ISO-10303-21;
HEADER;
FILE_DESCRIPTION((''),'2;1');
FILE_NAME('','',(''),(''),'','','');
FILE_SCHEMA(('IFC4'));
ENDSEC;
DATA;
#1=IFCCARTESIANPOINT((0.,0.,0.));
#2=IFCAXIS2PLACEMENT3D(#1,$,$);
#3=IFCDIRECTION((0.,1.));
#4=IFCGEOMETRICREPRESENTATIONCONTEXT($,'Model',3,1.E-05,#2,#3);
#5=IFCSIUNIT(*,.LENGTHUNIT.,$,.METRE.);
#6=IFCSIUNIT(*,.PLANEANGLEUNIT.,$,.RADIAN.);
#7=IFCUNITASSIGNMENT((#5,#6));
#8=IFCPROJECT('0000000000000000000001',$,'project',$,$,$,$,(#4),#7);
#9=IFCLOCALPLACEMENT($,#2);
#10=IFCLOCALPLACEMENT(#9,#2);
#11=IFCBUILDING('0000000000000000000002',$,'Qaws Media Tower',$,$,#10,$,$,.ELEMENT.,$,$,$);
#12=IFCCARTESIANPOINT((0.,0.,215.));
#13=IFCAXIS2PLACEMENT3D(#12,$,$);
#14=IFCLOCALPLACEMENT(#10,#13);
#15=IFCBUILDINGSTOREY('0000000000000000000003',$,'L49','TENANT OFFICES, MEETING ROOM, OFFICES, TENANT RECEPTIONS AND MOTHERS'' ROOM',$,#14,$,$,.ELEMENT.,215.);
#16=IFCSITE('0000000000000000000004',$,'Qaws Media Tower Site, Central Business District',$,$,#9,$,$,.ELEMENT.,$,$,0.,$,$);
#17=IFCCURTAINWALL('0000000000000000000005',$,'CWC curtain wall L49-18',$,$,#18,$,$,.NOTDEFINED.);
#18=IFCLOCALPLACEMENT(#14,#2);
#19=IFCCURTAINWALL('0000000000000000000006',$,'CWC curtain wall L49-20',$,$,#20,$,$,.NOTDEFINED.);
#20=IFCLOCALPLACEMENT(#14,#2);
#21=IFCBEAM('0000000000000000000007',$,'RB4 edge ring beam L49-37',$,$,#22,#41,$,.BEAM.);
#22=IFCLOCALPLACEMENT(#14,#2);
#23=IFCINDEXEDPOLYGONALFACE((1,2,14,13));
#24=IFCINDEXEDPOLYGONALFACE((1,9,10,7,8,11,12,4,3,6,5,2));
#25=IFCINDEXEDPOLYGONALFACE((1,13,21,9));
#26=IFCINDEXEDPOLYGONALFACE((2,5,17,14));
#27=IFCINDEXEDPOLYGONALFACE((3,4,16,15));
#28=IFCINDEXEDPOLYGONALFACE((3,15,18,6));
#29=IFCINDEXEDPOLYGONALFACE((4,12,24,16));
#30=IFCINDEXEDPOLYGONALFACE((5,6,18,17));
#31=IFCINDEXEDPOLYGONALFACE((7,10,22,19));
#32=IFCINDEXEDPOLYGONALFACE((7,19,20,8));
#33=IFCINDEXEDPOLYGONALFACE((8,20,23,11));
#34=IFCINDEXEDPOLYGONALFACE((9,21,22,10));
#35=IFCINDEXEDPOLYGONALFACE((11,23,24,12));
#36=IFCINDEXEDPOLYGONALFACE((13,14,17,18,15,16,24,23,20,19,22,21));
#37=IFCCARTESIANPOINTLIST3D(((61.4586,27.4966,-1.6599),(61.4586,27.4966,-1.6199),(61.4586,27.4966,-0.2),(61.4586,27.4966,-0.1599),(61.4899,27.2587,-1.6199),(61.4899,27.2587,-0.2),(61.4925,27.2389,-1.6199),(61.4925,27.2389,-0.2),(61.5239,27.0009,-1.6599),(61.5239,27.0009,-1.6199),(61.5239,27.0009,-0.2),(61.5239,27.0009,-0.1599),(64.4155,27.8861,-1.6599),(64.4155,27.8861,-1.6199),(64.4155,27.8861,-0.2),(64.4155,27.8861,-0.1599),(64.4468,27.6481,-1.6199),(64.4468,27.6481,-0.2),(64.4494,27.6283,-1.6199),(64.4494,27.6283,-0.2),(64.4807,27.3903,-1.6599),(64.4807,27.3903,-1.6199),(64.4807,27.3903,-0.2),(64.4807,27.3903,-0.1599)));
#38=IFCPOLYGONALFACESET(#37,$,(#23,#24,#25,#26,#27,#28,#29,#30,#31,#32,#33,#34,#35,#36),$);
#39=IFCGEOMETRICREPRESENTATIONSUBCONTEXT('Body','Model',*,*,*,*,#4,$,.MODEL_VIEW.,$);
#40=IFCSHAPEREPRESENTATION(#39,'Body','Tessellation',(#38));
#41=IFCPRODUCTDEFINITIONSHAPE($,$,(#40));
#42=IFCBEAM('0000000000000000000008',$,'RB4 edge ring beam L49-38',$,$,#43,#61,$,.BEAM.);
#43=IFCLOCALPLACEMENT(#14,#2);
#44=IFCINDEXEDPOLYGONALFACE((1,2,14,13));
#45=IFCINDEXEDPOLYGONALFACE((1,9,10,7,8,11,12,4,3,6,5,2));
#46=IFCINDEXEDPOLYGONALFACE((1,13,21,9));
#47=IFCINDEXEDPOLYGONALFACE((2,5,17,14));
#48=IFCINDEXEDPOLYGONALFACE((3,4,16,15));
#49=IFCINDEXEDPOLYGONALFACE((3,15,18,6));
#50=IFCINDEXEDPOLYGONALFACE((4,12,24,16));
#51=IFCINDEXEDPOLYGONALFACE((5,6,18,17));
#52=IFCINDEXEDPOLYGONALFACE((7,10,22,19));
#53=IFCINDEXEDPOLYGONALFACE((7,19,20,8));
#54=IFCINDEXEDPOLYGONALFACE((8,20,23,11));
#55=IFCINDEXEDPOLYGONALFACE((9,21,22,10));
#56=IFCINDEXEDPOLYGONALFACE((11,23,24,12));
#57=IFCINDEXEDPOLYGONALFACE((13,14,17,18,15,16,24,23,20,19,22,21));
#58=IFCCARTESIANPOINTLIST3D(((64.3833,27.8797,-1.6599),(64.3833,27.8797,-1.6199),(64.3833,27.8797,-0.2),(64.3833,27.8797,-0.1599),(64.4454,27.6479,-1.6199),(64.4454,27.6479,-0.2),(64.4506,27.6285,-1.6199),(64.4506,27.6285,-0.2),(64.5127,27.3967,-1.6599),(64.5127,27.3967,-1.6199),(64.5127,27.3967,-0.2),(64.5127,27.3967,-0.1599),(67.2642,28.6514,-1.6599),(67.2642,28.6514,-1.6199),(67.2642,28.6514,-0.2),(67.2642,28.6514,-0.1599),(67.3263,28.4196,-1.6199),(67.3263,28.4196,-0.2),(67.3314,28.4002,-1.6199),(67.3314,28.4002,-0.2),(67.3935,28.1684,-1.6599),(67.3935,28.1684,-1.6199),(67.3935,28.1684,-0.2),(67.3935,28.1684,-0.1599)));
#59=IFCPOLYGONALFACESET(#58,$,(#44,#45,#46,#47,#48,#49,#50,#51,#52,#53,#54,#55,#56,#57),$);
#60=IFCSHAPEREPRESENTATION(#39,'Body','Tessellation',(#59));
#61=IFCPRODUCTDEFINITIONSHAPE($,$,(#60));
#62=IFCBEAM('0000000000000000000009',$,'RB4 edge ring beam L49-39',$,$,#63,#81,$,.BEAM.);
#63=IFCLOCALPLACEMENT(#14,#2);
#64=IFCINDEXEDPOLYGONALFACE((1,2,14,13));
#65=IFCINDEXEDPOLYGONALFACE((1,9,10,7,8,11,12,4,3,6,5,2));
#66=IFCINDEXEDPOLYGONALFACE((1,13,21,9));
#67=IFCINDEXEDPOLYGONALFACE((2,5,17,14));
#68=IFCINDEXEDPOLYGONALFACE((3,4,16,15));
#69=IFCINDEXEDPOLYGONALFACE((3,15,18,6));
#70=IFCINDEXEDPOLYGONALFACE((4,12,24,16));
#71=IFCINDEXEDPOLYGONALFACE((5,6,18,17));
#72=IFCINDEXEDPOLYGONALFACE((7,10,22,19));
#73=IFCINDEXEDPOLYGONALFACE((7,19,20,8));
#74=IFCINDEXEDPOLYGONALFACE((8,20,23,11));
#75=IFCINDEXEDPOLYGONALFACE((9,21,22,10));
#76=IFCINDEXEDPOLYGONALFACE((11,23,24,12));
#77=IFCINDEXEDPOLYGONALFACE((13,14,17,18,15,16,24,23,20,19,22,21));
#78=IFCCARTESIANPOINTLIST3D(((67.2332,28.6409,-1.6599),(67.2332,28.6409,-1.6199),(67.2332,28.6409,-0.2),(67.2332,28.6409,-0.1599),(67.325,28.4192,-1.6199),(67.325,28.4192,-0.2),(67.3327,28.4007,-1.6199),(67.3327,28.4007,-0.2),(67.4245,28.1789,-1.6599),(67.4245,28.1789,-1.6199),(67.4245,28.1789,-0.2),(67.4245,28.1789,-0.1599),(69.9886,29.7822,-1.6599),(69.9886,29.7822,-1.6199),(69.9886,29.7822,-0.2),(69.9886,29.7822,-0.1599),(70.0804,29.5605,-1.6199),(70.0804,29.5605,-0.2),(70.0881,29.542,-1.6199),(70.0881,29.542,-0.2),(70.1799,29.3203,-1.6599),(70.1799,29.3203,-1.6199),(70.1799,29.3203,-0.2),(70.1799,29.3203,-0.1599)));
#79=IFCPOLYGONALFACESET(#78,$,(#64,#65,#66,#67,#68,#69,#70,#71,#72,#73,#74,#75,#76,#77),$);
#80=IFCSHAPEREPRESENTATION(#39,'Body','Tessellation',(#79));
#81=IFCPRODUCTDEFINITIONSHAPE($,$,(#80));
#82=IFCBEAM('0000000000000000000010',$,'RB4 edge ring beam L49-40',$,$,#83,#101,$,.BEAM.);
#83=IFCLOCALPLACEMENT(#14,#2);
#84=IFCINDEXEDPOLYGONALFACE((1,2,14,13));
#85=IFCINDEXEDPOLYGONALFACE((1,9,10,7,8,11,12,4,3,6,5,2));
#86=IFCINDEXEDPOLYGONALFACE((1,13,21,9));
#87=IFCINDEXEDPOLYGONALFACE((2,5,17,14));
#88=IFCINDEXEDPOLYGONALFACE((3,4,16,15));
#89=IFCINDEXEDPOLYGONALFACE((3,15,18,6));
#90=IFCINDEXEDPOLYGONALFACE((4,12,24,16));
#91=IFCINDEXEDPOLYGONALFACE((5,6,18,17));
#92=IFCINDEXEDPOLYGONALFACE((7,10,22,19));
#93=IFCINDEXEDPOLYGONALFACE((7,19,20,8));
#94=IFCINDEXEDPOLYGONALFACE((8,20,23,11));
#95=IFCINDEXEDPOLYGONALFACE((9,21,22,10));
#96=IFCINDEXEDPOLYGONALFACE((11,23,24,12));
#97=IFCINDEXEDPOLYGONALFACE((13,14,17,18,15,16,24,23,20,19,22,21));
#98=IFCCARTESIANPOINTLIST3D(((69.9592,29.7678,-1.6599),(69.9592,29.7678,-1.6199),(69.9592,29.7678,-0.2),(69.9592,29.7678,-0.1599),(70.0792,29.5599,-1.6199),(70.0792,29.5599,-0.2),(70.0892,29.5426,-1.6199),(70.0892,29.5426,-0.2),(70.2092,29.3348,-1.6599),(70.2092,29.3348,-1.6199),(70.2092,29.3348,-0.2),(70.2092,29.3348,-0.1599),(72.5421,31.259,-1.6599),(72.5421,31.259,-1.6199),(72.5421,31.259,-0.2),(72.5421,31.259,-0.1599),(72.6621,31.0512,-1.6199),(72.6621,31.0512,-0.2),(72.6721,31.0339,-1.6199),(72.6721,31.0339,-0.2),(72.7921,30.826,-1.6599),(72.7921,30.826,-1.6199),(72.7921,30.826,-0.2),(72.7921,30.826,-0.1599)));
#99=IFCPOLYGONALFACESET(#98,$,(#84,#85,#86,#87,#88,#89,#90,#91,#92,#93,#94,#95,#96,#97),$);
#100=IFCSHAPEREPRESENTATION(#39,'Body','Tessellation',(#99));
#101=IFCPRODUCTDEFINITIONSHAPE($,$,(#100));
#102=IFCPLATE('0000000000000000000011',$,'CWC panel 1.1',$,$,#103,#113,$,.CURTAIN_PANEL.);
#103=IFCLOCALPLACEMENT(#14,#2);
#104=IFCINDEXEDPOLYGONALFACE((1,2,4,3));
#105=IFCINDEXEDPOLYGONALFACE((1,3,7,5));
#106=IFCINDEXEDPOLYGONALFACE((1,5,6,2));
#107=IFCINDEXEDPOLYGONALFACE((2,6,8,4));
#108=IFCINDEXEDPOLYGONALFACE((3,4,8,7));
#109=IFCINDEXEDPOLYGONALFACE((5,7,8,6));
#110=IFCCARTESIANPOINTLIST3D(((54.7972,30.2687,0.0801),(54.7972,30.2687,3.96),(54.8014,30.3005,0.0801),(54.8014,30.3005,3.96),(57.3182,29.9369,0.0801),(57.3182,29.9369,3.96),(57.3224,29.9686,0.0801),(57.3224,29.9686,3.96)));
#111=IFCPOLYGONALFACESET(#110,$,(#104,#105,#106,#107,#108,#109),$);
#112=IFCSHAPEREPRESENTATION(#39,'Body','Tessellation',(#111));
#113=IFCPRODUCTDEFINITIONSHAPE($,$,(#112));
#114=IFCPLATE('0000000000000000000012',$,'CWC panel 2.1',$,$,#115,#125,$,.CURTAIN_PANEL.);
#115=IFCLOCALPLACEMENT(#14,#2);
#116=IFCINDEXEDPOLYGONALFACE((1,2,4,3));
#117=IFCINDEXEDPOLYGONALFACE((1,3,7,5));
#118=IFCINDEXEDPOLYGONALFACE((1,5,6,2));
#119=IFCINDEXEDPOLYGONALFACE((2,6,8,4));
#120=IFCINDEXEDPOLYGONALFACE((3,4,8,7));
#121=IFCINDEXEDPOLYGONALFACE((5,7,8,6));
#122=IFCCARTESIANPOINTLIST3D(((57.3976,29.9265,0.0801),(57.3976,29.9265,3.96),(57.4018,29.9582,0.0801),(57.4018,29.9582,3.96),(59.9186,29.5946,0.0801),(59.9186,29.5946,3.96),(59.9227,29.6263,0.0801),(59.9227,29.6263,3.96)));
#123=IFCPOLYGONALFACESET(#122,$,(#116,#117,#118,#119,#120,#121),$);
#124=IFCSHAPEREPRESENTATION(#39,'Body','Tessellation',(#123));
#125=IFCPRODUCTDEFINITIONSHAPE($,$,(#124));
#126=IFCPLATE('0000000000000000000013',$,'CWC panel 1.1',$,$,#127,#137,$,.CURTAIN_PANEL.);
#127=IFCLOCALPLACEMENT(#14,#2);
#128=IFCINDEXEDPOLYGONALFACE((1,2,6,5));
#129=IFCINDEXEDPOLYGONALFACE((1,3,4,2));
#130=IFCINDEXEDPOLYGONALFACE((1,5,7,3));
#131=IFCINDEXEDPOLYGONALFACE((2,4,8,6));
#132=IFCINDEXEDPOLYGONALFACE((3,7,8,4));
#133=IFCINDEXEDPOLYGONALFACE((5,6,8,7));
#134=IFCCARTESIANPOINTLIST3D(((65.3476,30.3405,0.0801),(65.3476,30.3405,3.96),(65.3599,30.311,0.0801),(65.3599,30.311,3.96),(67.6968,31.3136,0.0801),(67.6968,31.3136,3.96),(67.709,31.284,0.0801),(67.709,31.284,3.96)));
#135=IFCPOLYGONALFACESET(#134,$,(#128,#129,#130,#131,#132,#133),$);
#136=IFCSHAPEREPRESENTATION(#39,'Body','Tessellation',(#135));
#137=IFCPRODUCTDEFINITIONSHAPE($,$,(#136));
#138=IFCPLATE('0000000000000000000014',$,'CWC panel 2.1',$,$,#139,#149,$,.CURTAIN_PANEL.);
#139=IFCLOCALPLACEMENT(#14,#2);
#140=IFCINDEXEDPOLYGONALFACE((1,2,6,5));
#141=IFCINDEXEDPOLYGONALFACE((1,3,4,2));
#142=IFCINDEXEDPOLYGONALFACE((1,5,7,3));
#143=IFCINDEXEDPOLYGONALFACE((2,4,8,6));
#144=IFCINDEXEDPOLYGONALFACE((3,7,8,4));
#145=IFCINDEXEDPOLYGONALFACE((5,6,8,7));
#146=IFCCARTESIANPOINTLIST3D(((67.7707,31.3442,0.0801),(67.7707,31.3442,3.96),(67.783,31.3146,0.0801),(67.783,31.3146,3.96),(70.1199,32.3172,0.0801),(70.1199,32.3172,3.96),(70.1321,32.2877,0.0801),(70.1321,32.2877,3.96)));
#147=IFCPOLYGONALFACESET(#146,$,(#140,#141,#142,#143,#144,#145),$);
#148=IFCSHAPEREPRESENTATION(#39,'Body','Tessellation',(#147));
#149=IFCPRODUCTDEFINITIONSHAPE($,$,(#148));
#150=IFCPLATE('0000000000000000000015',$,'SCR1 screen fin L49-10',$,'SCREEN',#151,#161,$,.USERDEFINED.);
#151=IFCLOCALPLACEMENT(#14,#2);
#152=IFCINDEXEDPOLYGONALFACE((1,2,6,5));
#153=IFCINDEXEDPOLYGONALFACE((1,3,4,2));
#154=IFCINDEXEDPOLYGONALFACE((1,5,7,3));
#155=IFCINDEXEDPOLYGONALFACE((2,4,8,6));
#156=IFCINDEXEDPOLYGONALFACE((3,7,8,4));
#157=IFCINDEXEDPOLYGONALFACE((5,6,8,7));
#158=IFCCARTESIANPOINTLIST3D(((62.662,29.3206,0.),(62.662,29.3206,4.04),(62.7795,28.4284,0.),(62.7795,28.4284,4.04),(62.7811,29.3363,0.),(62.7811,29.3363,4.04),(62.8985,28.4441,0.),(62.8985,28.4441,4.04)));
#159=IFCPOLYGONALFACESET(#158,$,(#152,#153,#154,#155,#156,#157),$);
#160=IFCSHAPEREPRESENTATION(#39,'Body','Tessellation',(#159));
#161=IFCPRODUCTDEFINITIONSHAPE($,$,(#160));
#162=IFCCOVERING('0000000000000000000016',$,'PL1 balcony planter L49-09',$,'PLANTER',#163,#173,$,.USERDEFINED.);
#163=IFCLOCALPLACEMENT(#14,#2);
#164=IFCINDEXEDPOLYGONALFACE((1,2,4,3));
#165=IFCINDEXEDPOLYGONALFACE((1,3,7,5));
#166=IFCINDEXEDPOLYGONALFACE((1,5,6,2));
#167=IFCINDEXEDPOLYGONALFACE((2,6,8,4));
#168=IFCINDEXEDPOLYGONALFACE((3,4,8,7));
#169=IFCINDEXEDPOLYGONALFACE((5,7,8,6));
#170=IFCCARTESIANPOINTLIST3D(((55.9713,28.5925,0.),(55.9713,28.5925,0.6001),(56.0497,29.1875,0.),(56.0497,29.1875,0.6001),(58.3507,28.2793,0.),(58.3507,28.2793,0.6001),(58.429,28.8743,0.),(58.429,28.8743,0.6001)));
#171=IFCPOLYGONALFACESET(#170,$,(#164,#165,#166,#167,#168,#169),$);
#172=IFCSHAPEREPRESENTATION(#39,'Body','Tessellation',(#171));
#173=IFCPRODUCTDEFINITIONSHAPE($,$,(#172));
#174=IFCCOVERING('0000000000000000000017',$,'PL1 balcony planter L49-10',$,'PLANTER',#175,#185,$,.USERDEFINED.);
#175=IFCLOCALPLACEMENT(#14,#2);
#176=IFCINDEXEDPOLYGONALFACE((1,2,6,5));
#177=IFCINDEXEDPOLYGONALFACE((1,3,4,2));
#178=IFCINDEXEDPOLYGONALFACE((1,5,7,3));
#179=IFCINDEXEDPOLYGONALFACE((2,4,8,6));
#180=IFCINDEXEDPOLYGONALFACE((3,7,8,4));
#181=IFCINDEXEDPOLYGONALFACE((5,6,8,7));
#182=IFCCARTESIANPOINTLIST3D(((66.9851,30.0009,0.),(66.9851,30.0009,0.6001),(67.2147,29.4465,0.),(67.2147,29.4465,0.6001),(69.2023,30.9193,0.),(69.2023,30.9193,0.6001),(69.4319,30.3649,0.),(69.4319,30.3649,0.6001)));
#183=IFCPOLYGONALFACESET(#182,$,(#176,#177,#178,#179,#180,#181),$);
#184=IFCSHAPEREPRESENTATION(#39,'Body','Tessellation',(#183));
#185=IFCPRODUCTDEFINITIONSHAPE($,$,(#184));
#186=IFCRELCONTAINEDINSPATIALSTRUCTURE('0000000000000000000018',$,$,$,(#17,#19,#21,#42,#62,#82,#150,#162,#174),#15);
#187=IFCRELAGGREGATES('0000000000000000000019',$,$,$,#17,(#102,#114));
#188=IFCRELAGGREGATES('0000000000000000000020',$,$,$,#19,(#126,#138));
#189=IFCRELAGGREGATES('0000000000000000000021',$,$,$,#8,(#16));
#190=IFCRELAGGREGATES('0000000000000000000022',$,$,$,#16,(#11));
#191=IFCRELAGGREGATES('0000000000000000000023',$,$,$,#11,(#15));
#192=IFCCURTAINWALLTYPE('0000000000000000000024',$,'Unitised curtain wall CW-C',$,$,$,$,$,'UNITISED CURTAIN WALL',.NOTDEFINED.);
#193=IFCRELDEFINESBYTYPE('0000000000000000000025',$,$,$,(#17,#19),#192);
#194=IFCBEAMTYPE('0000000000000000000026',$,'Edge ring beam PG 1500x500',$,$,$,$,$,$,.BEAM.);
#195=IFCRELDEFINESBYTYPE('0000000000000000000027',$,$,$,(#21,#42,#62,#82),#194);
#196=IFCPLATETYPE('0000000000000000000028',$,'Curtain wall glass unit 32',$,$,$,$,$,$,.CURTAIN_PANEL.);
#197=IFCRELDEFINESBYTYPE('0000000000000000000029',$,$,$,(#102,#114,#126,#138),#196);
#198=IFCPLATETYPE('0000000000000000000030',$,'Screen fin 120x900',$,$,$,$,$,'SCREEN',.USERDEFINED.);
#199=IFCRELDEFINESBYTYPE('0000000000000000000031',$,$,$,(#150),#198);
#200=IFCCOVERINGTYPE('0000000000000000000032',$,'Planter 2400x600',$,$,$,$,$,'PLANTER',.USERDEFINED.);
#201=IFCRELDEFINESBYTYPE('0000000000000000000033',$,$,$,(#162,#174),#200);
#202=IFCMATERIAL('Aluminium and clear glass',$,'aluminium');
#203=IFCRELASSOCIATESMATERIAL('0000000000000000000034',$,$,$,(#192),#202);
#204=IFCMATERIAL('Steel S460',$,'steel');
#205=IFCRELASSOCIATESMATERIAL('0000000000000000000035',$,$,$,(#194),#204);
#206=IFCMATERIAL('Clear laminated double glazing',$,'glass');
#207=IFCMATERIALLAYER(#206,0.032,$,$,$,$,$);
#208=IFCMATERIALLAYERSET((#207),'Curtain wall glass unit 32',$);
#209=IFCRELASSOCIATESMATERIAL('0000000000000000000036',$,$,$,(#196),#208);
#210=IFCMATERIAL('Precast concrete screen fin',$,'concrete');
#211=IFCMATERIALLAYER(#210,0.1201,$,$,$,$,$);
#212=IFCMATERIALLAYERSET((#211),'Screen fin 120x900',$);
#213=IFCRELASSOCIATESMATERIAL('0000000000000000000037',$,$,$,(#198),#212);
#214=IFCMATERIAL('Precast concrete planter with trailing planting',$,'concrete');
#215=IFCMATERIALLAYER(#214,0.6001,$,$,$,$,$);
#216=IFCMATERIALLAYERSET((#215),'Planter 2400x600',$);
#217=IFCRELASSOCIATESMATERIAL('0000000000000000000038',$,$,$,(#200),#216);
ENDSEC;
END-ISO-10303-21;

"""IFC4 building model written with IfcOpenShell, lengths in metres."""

from ifc_helpers import new_model, si_unit, direction, frame, origin, origin_2d, place, context, subcontext, project, spatial, rectangle, i_section, extrude, material, layer, layer_set, material_profile, profile_set, type_object, element, aggregate, save


model = new_model("IFC4")

# Units and contexts
model_context = context("Model", 3, precision=1e-05, world=origin(), true_north=direction((0.0, 1.0)))
body_context = subcontext(model_context, "Body", "Model", "MODEL_VIEW")
ifc_project = project(units=[si_unit("LENGTHUNIT", "METRE"), si_unit("PLANEANGLEUNIT", "RADIAN")], contexts=[model_context])

# Site, building, storey
site_placement = place(None, origin())
site = spatial("IfcSite", under=ifc_project, at=site_placement, Name="Qaws Media Tower Site, Central Business District", CompositionType="ELEMENT", RefElevation=0.0)
building_placement = place(site_placement, origin())
building = spatial("IfcBuilding", under=site, at=building_placement, Name="Qaws Media Tower", CompositionType="ELEMENT")
storey_placement = place(building_placement, frame((0.0, 0.0, 215.0)))
storey = spatial("IfcBuildingStorey", under=building, at=storey_placement, Name="L49", Description="TENANT OFFICES, MEETING ROOM, OFFICES, TENANT RECEPTIONS AND MOTHERS' ROOM", CompositionType="ELEMENT", Elevation=215.0)

# Curtain walls
ifc_material_1 = material(Name="Aluminium and clear glass", Category="aluminium")
curtain_wall_type = type_object("IfcCurtainWallType", Name="Unitised curtain wall CW-C", ElementType="UNITISED CURTAIN WALL", PredefinedType="NOTDEFINED", material=ifc_material_1)
curtain_wall_1_placement = place(storey_placement, origin())
curtain_wall_1 = element("IfcCurtainWall", 1, at=curtain_wall_1_placement, inside=storey, type_object=curtain_wall_type, Name="CWC curtain wall L49-18", PredefinedType="NOTDEFINED")
curtain_wall_2_placement = place(storey_placement, origin())
curtain_wall_2 = element("IfcCurtainWall", 2, at=curtain_wall_2_placement, inside=storey, type_object=curtain_wall_type, Name="CWC curtain wall L49-20", PredefinedType="NOTDEFINED")

# Beams
ifc_material_2 = material(Name="Steel S460", Category="steel")
ifc_material_profile_1 = material_profile(ifc_material_2, i_section(OverallWidth=0.5, OverallDepth=1.5, WebThickness=0.02, FlangeThickness=0.04, at=origin_2d()), Name="PG 1500x500")
ifc_profile_set_1 = profile_set([ifc_material_profile_1], Name="Steel S460")
beam_type = type_object("IfcBeamType", Name="Edge ring beam PG 1500x500", PredefinedType="BEAM", material=ifc_profile_set_1)
for number, where, z_axis, x_axis, name in (
    (3, (61.4912, 27.2488, -0.9099), (0.991439, 0.130571, 0.0), (-0.130571, 0.991439, 0.0), "RB4 edge ring beam L49-37"),
    (4, (64.448, 27.6382, -0.9099), (0.965942, 0.258758, 0.0), (-0.258758, 0.965942, 0.0), "RB4 edge ring beam L49-38"),
    (5, (67.3289, 28.4099, -0.9099), (0.923874, 0.382696, 0.0), (-0.382696, 0.923874, 0.0), "RB4 edge ring beam L49-39"),
    (6, (70.0842, 29.5513, -0.9099), (0.866018, 0.500013, 0.0), (-0.500013, 0.866018, 0.0), "RB4 edge ring beam L49-40"),
):
    element("IfcBeam", number, at=place(storey_placement, frame(where, z_axis=z_axis, x_axis=x_axis)), inside=storey, type_object=beam_type, Name=name, PredefinedType="BEAM", context=body_context, shape_type="SweptSolid", body=[
        extrude(i_section(OverallWidth=0.5, OverallDepth=1.5, WebThickness=0.02, FlangeThickness=0.04, at=origin_2d()), origin(), (0.0, 0.0, 1.0), 2.9824),
    ])

# Plates
ifc_material_3 = material(Name="Clear laminated double glazing", Category="glass")
ifc_layer_1 = layer(ifc_material_3, 0.032)
ifc_layer_set_1 = layer_set([ifc_layer_1], Name="Curtain wall glass unit 32")
plate_type_1 = type_object("IfcPlateType", Name="Curtain wall glass unit 32", PredefinedType="CURTAIN_PANEL", material=ifc_layer_set_1)
plate_1_placement = place(storey_placement, frame((56.0598, 30.1187, 0.0801), z_axis=(0.0, 0.0, 1.0), x_axis=(0.991445, -0.130526, 0.0)))
plate_1 = element("IfcPlate", 7, at=plate_1_placement, type_object=plate_type_1, Name="CWC panel 1.1", PredefinedType="CURTAIN_PANEL", context=body_context, shape_type="SweptSolid", body=[
    extrude(rectangle(XDim=2.5427, YDim=0.032, at=origin_2d()), origin(), (0.0, 0.0, 1.0), 3.8799),
])
plate_2_placement = place(storey_placement, frame((58.6602, 29.7764, 0.0801), z_axis=(0.0, 0.0, 1.0), x_axis=(0.991445, -0.130526, 0.0)))
plate_2 = element("IfcPlate", 8, at=plate_2_placement, type_object=plate_type_1, Name="CWC panel 2.1", PredefinedType="CURTAIN_PANEL", context=body_context, shape_type="SweptSolid", body=[
    extrude(rectangle(XDim=2.5427, YDim=0.032, at=origin_2d()), origin(), (0.0, 0.0, 1.0), 3.8799),
])
aggregate(curtain_wall_1, [plate_1, plate_2])
plate_3_placement = place(storey_placement, frame((66.5283, 30.8123, 0.0801), z_axis=(0.0, 0.0, 1.0), x_axis=(0.923879, 0.382684, 0.0)))
plate_3 = element("IfcPlate", 9, at=plate_3_placement, type_object=plate_type_1, Name="CWC panel 1.1", PredefinedType="CURTAIN_PANEL", context=body_context, shape_type="SweptSolid", body=[
    extrude(rectangle(XDim=2.5427, YDim=0.032, at=origin_2d()), origin(), (0.0, 0.0, 1.0), 3.8799),
])
plate_4_placement = place(storey_placement, frame((68.9514, 31.8159, 0.0801), z_axis=(0.0, 0.0, 1.0), x_axis=(0.923879, 0.382684, 0.0)))
plate_4 = element("IfcPlate", 10, at=plate_4_placement, type_object=plate_type_1, Name="CWC panel 2.1", PredefinedType="CURTAIN_PANEL", context=body_context, shape_type="SweptSolid", body=[
    extrude(rectangle(XDim=2.5427, YDim=0.032, at=origin_2d()), origin(), (0.0, 0.0, 1.0), 3.8799),
])
aggregate(curtain_wall_2, [plate_3, plate_4])
ifc_material_4 = material(Name="Precast concrete screen fin", Category="concrete")
ifc_layer_2 = layer(ifc_material_4, 0.1201)
ifc_layer_set_2 = layer_set([ifc_layer_2], Name="Screen fin 120x900")
plate_type_2 = type_object("IfcPlateType", Name="Screen fin 120x900", ElementType="SCREEN", PredefinedType="USERDEFINED", material=ifc_layer_set_2)
plate_5_placement = place(storey_placement, frame((62.7803, 28.8823, 0.0), z_axis=(0.0, 0.0, 1.0), x_axis=(0.130526, -0.991445, 0.0)))
element("IfcPlate", 11, at=plate_5_placement, inside=storey, type_object=plate_type_2, Name="SCR1 screen fin L49-10", ObjectType="SCREEN", PredefinedType="USERDEFINED", context=body_context, shape_type="SweptSolid", body=[
    extrude(rectangle(XDim=0.8999, YDim=0.1201, at=origin_2d()), origin(), (0.0, 0.0, 1.0), 4.04),
])

# Coverings
ifc_material_5 = material(Name="Precast concrete planter with trailing planting", Category="concrete")
ifc_layer_3 = layer(ifc_material_5, 0.6001)
ifc_layer_set_3 = layer_set([ifc_layer_3], Name="Planter 2400x600")
covering_type = type_object("IfcCoveringType", Name="Planter 2400x600", ElementType="PLANTER", PredefinedType="USERDEFINED", material=ifc_layer_set_3)
for number, where, z_axis, x_axis, name in (
    (12, (57.2002, 28.7334, 0.0), (0.0, 0.0, 1.0), (0.991445, -0.130526, 0.0), "PL1 balcony planter L49-09"),
    (13, (68.2085, 30.1829, 0.0), (0.0, 0.0, 1.0), (0.92388, 0.382683, 0.0), "PL1 balcony planter L49-10"),
):
    element("IfcCovering", number, at=place(storey_placement, frame(where, z_axis=z_axis, x_axis=x_axis)), inside=storey, type_object=covering_type, Name=name, ObjectType="PLANTER", PredefinedType="USERDEFINED", context=body_context, shape_type="SweptSolid", body=[
        extrude(rectangle(XDim=2.3999, YDim=0.6001, at=origin_2d()), origin(), (0.0, 0.0, 1.0), 0.6001),
    ])

save(model, "model.ifc")
